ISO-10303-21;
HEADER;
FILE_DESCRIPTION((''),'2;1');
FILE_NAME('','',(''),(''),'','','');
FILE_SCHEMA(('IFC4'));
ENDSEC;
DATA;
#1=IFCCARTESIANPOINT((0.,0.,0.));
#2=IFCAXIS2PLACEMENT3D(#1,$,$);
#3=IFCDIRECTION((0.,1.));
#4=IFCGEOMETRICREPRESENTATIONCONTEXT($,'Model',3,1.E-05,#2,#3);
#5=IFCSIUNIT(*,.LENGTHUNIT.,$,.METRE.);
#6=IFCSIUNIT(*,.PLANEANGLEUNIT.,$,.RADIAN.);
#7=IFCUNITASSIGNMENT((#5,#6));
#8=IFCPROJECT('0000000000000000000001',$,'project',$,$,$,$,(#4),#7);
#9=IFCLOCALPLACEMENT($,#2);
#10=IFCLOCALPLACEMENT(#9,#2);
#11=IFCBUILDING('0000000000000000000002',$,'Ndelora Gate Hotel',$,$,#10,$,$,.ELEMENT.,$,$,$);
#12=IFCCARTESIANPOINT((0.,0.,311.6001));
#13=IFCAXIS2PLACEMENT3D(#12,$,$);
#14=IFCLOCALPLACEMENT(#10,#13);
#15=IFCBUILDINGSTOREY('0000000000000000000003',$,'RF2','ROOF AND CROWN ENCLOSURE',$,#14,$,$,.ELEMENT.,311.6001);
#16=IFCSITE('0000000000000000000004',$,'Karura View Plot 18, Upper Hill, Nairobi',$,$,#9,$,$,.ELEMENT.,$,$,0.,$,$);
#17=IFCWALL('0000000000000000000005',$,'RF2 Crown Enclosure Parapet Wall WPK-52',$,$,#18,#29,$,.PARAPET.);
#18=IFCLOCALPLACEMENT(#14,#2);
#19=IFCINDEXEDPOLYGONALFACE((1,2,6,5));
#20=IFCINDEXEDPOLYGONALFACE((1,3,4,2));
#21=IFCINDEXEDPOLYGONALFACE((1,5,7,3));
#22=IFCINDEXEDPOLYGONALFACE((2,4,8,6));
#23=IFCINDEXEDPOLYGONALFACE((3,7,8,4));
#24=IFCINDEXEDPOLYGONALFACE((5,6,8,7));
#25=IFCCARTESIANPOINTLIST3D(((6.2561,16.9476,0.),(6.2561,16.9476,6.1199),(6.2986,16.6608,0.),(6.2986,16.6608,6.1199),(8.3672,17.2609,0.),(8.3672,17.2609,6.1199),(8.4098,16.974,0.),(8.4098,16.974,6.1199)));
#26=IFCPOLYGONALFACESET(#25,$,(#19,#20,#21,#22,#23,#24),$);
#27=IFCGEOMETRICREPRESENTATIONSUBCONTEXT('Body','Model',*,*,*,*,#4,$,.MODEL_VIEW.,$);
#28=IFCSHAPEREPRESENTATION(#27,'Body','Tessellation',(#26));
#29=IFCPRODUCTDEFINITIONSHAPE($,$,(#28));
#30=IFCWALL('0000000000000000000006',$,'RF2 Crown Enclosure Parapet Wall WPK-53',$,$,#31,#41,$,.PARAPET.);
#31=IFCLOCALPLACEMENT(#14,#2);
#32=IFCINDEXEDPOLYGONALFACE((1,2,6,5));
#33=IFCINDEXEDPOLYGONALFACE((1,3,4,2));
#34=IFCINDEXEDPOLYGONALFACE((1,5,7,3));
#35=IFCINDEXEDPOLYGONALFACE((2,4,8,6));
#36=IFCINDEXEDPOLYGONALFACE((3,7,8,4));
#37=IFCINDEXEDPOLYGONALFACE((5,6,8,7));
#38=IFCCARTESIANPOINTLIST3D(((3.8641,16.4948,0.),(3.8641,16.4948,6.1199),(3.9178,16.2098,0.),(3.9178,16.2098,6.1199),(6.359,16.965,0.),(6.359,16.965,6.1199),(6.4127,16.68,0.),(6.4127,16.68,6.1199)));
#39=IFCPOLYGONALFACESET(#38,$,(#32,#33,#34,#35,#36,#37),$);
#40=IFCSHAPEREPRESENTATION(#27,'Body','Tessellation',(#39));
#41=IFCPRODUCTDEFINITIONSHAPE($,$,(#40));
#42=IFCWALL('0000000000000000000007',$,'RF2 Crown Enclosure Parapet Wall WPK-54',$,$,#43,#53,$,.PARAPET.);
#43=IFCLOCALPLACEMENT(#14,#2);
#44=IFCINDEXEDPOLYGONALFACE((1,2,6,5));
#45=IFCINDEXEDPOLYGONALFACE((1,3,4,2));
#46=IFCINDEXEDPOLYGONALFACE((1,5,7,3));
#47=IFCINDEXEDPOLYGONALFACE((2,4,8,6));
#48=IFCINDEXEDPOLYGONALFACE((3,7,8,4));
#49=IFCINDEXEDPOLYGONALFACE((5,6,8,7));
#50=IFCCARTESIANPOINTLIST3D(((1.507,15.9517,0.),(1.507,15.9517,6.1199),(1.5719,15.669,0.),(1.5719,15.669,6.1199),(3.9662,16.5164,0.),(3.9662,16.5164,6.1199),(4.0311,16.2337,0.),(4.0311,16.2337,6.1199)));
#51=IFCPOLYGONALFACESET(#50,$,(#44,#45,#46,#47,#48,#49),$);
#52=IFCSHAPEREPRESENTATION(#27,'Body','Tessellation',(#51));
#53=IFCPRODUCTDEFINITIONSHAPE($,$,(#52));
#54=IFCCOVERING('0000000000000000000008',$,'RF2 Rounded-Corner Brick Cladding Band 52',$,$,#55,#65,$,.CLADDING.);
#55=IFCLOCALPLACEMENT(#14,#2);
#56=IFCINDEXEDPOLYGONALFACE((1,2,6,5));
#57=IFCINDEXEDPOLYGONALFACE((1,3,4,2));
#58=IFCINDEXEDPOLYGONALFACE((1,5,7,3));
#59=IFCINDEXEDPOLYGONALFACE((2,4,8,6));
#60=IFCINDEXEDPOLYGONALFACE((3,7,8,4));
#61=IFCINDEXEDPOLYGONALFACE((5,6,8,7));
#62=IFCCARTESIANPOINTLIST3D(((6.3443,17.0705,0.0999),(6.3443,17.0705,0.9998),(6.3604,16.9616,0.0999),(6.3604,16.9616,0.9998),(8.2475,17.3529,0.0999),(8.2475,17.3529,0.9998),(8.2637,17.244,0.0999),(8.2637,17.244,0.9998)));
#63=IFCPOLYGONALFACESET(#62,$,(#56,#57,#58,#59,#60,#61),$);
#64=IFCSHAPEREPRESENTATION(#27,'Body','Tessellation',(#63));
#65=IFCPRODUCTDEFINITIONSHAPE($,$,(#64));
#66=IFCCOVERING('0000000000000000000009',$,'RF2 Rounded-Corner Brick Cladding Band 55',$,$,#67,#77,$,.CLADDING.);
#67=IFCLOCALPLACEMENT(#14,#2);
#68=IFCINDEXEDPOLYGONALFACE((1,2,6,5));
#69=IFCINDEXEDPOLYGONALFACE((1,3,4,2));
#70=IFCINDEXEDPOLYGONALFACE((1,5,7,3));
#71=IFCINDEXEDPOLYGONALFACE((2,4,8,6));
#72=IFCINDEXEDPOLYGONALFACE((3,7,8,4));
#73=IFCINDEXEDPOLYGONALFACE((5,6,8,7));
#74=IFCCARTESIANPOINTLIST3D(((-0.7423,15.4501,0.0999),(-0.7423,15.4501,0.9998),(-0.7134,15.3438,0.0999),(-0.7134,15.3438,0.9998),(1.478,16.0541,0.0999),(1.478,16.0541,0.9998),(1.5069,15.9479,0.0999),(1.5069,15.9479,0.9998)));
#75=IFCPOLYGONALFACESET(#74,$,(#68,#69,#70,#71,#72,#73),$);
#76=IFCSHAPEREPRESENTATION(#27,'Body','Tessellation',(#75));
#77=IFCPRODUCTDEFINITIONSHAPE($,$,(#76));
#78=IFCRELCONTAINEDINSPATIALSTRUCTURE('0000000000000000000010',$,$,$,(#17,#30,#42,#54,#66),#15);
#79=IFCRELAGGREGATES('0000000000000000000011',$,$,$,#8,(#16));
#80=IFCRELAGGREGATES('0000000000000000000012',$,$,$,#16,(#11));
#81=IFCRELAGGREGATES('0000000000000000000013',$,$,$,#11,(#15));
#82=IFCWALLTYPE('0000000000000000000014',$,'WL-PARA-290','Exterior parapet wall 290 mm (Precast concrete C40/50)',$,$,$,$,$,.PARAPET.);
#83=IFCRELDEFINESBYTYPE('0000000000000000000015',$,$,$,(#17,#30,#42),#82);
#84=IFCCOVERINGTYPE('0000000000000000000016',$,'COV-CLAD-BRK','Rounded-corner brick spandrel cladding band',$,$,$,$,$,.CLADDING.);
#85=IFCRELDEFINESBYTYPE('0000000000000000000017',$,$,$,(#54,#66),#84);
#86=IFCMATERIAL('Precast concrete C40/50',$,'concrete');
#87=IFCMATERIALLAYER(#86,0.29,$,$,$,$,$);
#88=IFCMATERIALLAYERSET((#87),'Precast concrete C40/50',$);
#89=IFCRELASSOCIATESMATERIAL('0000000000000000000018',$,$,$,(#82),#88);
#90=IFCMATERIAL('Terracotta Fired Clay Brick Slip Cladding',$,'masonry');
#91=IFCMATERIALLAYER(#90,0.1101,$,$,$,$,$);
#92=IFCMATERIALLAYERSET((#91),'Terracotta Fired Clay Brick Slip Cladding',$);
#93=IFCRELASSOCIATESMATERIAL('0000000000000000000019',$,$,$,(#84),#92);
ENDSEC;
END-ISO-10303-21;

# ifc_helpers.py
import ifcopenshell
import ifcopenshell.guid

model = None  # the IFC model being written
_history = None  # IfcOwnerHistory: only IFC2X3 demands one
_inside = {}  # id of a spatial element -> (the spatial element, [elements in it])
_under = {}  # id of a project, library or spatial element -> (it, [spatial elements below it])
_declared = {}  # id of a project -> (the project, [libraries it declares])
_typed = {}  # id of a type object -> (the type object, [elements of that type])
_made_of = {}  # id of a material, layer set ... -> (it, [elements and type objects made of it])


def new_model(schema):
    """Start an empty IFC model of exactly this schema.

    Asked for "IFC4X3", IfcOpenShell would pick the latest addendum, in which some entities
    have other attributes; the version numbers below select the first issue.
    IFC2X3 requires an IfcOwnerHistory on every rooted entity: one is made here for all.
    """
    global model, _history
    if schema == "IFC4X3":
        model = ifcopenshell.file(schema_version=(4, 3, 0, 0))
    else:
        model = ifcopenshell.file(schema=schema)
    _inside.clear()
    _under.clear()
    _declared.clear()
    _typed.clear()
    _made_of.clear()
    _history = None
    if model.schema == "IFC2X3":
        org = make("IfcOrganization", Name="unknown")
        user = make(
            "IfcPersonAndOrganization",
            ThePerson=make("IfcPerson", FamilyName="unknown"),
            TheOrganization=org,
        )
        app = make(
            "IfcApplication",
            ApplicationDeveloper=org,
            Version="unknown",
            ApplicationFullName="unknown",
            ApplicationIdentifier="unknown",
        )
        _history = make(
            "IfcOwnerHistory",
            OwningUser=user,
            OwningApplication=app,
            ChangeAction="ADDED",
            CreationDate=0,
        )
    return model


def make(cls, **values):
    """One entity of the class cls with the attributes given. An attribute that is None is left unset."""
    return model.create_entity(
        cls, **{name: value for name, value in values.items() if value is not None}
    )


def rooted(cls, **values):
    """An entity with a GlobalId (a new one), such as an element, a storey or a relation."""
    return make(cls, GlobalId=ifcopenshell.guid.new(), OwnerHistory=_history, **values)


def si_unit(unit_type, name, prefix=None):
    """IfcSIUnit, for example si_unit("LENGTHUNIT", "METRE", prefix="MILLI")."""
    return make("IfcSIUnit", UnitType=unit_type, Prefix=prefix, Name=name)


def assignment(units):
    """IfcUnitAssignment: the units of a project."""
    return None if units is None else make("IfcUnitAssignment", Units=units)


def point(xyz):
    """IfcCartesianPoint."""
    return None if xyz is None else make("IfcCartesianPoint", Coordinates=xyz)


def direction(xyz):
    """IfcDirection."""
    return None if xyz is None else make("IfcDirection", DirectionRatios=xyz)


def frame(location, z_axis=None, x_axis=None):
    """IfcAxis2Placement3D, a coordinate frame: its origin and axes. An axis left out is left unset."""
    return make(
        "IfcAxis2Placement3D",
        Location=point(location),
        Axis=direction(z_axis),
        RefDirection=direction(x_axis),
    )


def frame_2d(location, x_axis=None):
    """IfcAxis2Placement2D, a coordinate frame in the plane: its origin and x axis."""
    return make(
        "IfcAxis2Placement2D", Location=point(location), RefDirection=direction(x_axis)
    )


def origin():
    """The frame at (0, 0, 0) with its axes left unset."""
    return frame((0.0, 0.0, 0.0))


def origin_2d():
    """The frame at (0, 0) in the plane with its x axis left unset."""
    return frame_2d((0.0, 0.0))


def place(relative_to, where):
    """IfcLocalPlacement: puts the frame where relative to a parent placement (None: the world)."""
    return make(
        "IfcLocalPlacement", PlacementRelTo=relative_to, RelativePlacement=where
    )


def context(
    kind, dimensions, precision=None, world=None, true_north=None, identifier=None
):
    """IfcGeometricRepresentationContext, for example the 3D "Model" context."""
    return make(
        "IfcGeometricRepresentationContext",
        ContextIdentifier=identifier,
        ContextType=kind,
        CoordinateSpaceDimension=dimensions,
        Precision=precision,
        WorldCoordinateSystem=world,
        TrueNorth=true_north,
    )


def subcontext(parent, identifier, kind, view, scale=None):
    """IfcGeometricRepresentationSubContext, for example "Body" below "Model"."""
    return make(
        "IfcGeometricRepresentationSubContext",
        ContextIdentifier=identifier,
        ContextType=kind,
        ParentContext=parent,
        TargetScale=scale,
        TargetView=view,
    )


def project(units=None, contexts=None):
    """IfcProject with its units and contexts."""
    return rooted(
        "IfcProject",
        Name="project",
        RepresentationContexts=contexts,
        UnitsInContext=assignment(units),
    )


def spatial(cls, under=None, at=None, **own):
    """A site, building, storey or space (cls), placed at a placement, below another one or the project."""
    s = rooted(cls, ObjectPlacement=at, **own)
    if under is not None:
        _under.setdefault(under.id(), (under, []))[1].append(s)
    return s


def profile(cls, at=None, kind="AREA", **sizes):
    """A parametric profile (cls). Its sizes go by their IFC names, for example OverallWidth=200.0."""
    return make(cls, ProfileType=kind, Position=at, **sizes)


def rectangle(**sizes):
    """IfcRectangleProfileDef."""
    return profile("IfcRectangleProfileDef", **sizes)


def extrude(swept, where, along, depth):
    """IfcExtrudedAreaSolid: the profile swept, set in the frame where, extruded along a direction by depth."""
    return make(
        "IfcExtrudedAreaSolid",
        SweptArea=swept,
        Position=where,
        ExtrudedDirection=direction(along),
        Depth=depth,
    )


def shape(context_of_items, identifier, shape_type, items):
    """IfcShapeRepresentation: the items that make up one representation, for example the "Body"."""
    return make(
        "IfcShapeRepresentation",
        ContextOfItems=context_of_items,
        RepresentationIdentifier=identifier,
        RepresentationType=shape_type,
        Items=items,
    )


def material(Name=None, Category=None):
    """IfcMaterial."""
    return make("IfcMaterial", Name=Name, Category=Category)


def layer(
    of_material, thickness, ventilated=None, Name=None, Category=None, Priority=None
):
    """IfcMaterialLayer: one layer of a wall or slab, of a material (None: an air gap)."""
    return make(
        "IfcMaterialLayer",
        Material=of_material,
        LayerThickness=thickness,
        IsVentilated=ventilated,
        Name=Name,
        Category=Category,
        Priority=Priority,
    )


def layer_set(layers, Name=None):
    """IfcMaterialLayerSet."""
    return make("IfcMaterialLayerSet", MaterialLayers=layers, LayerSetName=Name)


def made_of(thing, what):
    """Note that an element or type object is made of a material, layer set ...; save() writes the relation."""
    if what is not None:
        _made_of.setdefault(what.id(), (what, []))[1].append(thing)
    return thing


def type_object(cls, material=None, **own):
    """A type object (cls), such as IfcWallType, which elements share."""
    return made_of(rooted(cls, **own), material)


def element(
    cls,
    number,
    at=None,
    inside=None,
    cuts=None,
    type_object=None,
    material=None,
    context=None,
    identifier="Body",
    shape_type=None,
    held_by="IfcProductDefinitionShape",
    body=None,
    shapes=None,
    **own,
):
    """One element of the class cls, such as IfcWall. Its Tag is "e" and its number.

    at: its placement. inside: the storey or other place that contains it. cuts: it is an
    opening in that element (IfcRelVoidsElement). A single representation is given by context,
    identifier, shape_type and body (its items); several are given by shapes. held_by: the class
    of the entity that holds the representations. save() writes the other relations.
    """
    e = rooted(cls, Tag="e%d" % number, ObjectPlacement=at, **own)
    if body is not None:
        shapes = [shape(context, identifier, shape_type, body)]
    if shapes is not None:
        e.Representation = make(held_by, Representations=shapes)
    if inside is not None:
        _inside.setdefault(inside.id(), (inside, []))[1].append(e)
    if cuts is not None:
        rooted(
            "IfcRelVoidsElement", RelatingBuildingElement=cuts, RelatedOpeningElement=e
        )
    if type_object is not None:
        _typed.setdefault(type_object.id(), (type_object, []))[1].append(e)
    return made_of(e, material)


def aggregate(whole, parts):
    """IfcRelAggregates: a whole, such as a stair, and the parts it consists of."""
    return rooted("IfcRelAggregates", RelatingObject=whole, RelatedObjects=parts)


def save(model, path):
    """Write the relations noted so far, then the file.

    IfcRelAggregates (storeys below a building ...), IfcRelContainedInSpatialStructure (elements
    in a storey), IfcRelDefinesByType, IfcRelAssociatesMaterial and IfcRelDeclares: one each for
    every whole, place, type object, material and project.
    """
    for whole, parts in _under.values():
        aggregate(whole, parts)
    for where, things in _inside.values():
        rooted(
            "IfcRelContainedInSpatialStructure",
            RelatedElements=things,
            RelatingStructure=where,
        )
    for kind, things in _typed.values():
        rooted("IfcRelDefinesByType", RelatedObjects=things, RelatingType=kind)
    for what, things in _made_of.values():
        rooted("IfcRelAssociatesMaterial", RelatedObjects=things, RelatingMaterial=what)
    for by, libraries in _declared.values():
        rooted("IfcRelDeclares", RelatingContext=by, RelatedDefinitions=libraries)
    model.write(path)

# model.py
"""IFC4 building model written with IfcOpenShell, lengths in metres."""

from ifc_helpers import new_model, si_unit, direction, frame, frame_2d, origin, origin_2d, place, context, subcontext, project, spatial, rectangle, extrude, material, layer, layer_set, type_object, element, save


model = new_model("IFC4")

# Units and contexts
model_context = context("Model", 3, precision=1e-05, world=origin(), true_north=direction((0.0, 1.0)))
body_context = subcontext(model_context, "Body", "Model", "MODEL_VIEW")
ifc_project = project(units=[si_unit("LENGTHUNIT", "METRE"), si_unit("PLANEANGLEUNIT", "RADIAN")], contexts=[model_context])

# Site, building, storey
site_placement = place(None, origin())
site = spatial("IfcSite", under=ifc_project, at=site_placement, Name="Karura View Plot 18, Upper Hill, Nairobi", CompositionType="ELEMENT", RefElevation=0.0)
building_placement = place(site_placement, origin())
building = spatial("IfcBuilding", under=site, at=building_placement, Name="Ndelora Gate Hotel", CompositionType="ELEMENT")
storey_placement = place(building_placement, frame((0.0, 0.0, 311.6001)))
storey = spatial("IfcBuildingStorey", under=building, at=storey_placement, Name="RF2", Description="ROOF AND CROWN ENCLOSURE", CompositionType="ELEMENT", Elevation=311.6001)

# Walls
ifc_material_1 = material(Name="Precast concrete C40/50", Category="concrete")
ifc_layer_1 = layer(ifc_material_1, 0.29)
ifc_layer_set_1 = layer_set([ifc_layer_1], Name="Precast concrete C40/50")
wall_type = type_object("IfcWallType", Name="WL-PARA-290", Description="Exterior parapet wall 290 mm (Precast concrete C40/50)", PredefinedType="PARAPET", material=ifc_layer_set_1)
wall_1_placement = place(storey_placement, frame((6.2773, 16.8042, 0.0), z_axis=(0.0, 0.0, 1.0), x_axis=(0.989171, 0.146768, 0.0)))
element("IfcWall", 1, at=wall_1_placement, inside=storey, type_object=wall_type, Name="RF2 Crown Enclosure Parapet Wall WPK-52", PredefinedType="PARAPET", context=body_context, shape_type="SweptSolid", body=[
    extrude(rectangle(XDim=2.1343, YDim=0.29, at=frame_2d((1.0671, 0.0))), origin(), (0.0, 0.0, 1.0), 6.1199),
])
wall_2_placement = place(storey_placement, frame((3.8909, 16.3523, 0.0), z_axis=(0.0, 0.0, 1.0), x_axis=(0.982699, 0.185212, 0.0)))
element("IfcWall", 2, at=wall_2_placement, inside=storey, type_object=wall_type, Name="RF2 Crown Enclosure Parapet Wall WPK-53", PredefinedType="PARAPET", context=body_context, shape_type="SweptSolid", body=[
    extrude(rectangle(XDim=2.5388, YDim=0.29, at=frame_2d((1.2695, 0.0))), origin(), (0.0, 0.0, 1.0), 6.1199),
])
wall_3_placement = place(storey_placement, frame((1.5393, 15.8103, 0.0), z_axis=(0.0, 0.0, 1.0), x_axis=(0.974635, 0.223799, 0.0)))
element("IfcWall", 3, at=wall_3_placement, inside=storey, type_object=wall_type, Name="RF2 Crown Enclosure Parapet Wall WPK-54", PredefinedType="PARAPET", context=body_context, shape_type="SweptSolid", body=[
    extrude(rectangle(XDim=2.5232, YDim=0.29, at=frame_2d((1.2617, 0.0))), origin(), (0.0, 0.0, 1.0), 6.1199),
])

# Coverings
ifc_material_2 = material(Name="Terracotta Fired Clay Brick Slip Cladding", Category="masonry")
ifc_layer_2 = layer(ifc_material_2, 0.1101)
ifc_layer_set_2 = layer_set([ifc_layer_2], Name="Terracotta Fired Clay Brick Slip Cladding")
covering_type = type_object("IfcCoveringType", Name="COV-CLAD-BRK", Description="Rounded-corner brick spandrel cladding band", PredefinedType="CLADDING", material=ifc_layer_set_2)
covering_1_placement = place(storey_placement, frame((7.304, 17.1572, 0.0999), z_axis=(0.0, 0.0, 1.0), x_axis=(0.98917, 0.146774, 0.0)))
element("IfcCovering", 4, at=covering_1_placement, inside=storey, type_object=covering_type, Name="RF2 Rounded-Corner Brick Cladding Band 52", PredefinedType="CLADDING", context=body_context, shape_type="SweptSolid", body=[
    extrude(rectangle(XDim=1.9241, YDim=0.1101, at=origin_2d()), origin(), (0.0, 0.0, 1.0), 0.8999),
])
covering_2_placement = place(storey_placement, frame((0.3823, 15.699, 0.0999), z_axis=(0.0, 0.0, 1.0), x_axis=(0.964925, 0.262526, 0.0)))
element("IfcCovering", 5, at=covering_2_placement, inside=storey, type_object=covering_type, Name="RF2 Rounded-Corner Brick Cladding Band 55", PredefinedType="CLADDING", context=body_context, shape_type="SweptSolid", body=[
    extrude(rectangle(XDim=2.301, YDim=0.1101, at=origin_2d()), origin(), (0.0, 0.0, 1.0), 0.8999),
])

save(model, "model.ifc")
